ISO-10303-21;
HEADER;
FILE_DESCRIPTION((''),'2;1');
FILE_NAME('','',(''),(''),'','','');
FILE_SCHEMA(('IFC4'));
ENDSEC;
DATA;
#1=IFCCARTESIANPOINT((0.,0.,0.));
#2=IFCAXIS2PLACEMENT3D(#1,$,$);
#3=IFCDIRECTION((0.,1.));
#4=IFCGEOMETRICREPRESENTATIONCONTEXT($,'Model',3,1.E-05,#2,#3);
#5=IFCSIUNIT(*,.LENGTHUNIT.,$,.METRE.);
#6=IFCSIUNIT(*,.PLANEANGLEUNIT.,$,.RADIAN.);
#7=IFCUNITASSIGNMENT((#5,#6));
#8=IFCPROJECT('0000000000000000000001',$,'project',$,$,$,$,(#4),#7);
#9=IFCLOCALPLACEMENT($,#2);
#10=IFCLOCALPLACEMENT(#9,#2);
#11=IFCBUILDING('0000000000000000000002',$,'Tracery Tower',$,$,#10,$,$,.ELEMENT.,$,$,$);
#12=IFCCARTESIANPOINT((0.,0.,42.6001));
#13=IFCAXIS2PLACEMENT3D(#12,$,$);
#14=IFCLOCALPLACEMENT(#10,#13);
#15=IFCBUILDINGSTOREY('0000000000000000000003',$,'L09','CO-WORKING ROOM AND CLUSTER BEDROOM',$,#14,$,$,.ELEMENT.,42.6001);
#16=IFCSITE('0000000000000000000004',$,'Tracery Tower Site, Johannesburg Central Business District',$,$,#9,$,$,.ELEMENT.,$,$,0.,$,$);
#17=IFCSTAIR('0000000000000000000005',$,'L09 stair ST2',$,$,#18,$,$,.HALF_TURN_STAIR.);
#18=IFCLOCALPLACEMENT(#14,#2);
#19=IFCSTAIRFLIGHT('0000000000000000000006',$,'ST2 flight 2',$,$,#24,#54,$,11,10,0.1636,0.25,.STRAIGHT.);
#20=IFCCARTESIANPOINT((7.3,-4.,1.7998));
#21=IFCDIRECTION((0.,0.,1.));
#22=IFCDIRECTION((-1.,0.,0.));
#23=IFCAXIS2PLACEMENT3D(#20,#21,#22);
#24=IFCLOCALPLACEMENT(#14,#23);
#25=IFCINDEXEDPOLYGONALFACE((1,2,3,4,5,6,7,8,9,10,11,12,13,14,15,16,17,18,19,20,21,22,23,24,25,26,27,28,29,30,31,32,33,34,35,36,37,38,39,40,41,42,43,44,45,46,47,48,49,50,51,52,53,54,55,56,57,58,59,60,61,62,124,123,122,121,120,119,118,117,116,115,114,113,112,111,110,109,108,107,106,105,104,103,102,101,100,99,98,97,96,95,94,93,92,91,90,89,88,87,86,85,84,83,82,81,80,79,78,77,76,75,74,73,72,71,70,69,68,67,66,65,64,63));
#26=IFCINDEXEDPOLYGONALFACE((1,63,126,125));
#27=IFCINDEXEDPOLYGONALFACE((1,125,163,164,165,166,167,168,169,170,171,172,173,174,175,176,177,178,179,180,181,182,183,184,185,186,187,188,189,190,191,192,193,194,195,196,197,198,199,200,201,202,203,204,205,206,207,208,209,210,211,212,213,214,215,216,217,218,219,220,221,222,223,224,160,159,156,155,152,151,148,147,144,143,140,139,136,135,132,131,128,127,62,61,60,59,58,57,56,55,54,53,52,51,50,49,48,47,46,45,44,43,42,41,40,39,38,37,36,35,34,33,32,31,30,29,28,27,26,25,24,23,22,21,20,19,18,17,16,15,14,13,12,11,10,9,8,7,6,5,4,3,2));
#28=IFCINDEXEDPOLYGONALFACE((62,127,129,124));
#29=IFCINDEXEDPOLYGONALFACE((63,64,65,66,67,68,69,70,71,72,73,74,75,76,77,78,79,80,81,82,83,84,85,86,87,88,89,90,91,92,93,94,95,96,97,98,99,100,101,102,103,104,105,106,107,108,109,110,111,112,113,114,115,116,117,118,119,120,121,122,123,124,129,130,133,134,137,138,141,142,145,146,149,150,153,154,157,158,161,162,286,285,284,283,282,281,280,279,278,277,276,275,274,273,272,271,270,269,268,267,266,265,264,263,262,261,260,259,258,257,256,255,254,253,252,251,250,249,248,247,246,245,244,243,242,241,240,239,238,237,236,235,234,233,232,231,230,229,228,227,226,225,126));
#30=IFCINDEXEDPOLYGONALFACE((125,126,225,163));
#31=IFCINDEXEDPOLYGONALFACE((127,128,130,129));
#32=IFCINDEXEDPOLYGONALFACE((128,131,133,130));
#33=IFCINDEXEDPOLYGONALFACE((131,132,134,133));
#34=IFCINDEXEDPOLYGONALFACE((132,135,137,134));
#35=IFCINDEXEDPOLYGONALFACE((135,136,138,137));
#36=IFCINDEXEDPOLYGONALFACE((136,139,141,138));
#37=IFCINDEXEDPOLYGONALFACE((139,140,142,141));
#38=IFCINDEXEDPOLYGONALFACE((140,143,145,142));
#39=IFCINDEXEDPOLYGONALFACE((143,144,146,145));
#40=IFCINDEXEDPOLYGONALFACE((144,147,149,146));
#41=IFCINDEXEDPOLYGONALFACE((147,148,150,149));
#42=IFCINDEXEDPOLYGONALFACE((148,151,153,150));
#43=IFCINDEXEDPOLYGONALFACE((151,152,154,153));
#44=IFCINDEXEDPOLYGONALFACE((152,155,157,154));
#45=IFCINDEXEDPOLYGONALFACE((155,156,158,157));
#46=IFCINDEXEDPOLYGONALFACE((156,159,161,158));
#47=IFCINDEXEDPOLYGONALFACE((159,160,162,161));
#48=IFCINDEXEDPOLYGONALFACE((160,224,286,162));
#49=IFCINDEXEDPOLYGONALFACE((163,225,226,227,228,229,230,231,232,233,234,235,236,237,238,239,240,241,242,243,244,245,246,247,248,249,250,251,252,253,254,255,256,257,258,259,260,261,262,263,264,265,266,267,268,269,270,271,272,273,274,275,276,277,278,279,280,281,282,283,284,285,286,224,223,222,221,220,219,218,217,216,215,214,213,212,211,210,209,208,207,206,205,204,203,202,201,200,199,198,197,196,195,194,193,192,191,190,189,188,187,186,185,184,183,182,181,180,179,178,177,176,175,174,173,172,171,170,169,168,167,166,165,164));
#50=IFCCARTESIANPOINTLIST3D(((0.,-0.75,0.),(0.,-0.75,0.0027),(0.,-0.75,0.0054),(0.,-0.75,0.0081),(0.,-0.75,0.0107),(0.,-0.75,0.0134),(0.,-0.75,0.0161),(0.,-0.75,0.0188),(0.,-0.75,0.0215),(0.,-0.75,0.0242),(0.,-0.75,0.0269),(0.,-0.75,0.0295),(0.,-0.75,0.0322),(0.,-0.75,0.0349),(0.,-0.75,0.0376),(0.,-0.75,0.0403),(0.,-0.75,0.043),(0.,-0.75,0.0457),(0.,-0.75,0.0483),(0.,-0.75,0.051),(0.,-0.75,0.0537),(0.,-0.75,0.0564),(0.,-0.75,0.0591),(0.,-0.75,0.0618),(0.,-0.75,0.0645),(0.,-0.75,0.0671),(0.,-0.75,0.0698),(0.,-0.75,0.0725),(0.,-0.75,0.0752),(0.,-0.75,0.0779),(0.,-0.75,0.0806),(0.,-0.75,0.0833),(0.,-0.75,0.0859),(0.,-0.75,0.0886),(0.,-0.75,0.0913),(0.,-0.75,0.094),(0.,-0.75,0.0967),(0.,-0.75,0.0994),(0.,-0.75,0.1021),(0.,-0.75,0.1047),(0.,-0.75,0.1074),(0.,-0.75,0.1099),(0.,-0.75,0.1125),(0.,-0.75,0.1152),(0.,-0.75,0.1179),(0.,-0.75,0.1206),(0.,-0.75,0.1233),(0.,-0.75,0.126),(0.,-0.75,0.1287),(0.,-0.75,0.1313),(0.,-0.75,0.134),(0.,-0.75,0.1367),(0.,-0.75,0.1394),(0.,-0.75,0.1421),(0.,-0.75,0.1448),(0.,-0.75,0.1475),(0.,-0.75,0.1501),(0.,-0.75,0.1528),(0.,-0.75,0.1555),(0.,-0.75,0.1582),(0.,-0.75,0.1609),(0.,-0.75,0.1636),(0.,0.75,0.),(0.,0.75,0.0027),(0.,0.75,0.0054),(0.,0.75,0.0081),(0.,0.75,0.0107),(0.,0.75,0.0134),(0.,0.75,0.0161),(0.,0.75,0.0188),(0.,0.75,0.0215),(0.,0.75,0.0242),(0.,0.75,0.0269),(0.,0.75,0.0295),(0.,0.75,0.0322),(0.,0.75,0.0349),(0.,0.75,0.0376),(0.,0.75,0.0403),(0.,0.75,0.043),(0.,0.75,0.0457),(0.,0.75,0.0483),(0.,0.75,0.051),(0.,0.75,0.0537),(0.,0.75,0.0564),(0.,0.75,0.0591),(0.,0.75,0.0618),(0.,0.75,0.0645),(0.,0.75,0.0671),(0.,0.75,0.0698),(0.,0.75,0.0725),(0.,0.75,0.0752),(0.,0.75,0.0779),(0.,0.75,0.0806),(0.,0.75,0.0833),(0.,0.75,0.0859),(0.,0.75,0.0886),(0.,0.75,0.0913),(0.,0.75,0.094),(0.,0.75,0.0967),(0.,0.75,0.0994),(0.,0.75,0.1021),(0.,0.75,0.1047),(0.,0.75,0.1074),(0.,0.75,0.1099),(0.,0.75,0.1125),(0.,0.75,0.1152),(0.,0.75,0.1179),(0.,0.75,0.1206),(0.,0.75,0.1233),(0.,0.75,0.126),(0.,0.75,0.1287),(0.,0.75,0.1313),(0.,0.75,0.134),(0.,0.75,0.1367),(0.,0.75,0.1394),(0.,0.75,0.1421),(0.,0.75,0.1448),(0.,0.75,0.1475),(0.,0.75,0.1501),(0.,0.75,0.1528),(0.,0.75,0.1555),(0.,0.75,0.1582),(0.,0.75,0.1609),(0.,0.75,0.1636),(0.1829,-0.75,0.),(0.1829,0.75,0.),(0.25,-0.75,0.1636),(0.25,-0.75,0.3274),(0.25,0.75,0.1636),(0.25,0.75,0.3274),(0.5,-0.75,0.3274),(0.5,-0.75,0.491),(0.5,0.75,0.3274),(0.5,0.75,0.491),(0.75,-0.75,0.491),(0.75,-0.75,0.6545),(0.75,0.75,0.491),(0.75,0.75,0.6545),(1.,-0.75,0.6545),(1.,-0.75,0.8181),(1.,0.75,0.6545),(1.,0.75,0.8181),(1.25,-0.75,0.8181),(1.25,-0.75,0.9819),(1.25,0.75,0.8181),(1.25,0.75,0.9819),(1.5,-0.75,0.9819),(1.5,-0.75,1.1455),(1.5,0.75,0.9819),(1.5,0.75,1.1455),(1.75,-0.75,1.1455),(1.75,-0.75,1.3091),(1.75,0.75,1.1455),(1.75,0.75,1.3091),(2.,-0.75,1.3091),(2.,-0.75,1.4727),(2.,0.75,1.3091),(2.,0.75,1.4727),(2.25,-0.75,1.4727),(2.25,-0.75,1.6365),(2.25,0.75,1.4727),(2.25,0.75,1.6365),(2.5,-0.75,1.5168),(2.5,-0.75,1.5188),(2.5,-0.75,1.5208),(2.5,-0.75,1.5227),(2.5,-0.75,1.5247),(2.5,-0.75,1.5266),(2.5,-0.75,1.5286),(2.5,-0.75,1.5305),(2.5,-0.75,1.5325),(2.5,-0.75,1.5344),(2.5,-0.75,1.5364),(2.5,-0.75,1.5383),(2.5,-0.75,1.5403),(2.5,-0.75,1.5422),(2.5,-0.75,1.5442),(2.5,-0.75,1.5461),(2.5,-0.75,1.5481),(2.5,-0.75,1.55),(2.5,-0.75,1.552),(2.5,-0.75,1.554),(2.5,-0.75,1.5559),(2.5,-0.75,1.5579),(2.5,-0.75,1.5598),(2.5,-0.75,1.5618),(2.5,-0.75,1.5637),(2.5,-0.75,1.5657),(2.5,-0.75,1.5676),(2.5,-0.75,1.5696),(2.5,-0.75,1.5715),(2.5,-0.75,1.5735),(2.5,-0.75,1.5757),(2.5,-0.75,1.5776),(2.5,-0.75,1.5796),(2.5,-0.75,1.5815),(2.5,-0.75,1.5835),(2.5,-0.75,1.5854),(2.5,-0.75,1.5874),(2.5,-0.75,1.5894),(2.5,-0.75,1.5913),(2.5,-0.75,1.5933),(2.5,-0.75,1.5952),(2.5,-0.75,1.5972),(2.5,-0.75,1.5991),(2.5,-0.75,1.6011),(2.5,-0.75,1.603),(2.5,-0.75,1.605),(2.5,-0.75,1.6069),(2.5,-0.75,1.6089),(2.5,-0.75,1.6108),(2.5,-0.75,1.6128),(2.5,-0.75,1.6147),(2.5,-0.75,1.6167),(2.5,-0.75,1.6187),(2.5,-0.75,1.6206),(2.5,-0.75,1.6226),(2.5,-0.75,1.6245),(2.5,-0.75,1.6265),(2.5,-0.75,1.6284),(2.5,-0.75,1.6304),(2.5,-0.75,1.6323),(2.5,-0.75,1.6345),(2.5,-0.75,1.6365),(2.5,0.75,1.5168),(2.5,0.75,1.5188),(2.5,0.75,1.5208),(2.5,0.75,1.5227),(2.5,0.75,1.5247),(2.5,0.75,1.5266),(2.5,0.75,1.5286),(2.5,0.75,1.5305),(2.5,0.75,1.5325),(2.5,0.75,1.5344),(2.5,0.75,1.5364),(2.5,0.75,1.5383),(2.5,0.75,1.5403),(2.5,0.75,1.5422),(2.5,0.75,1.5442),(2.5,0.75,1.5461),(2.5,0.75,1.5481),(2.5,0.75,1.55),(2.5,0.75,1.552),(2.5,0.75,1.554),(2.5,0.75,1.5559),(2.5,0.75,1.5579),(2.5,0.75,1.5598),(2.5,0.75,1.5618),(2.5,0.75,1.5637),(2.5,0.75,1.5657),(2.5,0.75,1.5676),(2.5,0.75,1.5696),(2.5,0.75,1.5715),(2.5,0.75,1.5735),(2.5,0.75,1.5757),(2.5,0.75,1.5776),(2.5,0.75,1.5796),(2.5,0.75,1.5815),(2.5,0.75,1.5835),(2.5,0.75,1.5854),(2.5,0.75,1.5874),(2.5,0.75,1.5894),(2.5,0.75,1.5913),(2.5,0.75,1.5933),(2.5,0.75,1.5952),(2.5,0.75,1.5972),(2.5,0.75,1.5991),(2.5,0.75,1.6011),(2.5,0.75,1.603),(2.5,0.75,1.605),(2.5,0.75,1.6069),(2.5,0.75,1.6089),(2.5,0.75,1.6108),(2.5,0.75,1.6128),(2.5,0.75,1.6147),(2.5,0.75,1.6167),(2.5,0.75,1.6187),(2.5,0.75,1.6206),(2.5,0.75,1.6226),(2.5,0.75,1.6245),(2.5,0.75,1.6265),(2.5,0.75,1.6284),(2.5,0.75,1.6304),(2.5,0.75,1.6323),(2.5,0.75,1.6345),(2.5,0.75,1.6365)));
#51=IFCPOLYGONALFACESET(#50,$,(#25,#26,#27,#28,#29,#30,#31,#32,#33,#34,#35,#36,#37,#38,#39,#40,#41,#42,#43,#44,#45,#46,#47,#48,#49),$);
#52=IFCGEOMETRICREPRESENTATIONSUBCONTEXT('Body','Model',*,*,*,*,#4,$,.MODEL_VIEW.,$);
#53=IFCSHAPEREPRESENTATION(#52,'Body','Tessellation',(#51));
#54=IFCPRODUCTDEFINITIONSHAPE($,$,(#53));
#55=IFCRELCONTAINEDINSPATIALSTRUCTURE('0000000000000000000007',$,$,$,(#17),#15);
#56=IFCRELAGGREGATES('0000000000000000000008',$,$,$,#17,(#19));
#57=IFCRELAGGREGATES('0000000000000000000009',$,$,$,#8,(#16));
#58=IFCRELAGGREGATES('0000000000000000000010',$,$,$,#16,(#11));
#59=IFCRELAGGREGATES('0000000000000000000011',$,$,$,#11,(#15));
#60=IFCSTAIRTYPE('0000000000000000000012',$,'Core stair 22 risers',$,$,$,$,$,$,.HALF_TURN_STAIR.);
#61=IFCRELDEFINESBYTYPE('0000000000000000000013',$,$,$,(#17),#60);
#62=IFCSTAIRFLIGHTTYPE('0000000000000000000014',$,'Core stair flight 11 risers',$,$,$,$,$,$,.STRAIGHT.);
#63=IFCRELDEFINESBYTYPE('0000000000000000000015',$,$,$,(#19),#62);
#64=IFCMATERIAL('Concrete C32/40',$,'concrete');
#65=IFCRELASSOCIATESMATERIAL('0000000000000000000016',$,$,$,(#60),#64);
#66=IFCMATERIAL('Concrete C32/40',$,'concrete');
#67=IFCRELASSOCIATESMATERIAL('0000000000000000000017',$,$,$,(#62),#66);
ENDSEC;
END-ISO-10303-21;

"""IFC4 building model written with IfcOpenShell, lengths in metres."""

from ifc_helpers import new_model, si_unit, direction, frame, origin, place, context, subcontext, project, spatial, polyline, outline, extrude, material, type_object, element, aggregate, save


model = new_model("IFC4")

# Units and contexts
model_context = context("Model", 3, precision=1e-05, world=origin(), true_north=direction((0.0, 1.0)))
body_context = subcontext(model_context, "Body", "Model", "MODEL_VIEW")
ifc_project = project(units=[si_unit("LENGTHUNIT", "METRE"), si_unit("PLANEANGLEUNIT", "RADIAN")], contexts=[model_context])

# Site, building, storey
site_placement = place(None, origin())
site = spatial("IfcSite", under=ifc_project, at=site_placement, Name="Tracery Tower Site, Johannesburg Central Business District", CompositionType="ELEMENT", RefElevation=0.0)
building_placement = place(site_placement, origin())
building = spatial("IfcBuilding", under=site, at=building_placement, Name="Tracery Tower", CompositionType="ELEMENT")
storey_placement = place(building_placement, frame((0.0, 0.0, 42.6001)))
storey = spatial("IfcBuildingStorey", under=building, at=storey_placement, Name="L09", Description="CO-WORKING ROOM AND CLUSTER BEDROOM", CompositionType="ELEMENT", Elevation=42.6001)

# Stair, stair flight
ifc_material_1 = material(Name="Concrete C32/40", Category="concrete")
stair_type = type_object("IfcStairType", Name="Core stair 22 risers", PredefinedType="HALF_TURN_STAIR", material=ifc_material_1)
stair_placement = place(storey_placement, origin())
stair = element("IfcStair", 1, at=stair_placement, inside=storey, type_object=stair_type, Name="L09 stair ST2", PredefinedType="HALF_TURN_STAIR")
ifc_material_2 = material(Name="Concrete C32/40", Category="concrete")
stair_flight_type = type_object("IfcStairFlightType", Name="Core stair flight 11 risers", PredefinedType="STRAIGHT", material=ifc_material_2)
stair_flight_1_placement = place(storey_placement, frame((7.3, -4.0, 1.7998), z_axis=(0.0, 0.0, 1.0), x_axis=(-1.0, 0.0, 0.0)))
stair_flight_1 = element("IfcStairFlight", 2, at=stair_flight_1_placement, type_object=stair_flight_type, Name="ST2 flight 2", NumberOfRisers=11, NumberOfTreads=10, PredefinedType="STRAIGHT", RiserHeight=0.1636, TreadLength=0.25, context=body_context, shape_type="SweptSolid", body=[
    extrude(outline(polyline([(0.0, 0.0), (0.0, 0.0027), (0.0, 0.0054), (0.0, 0.0081), (0.0, 0.0107), (0.0, 0.0134), (0.0, 0.0161), (0.0, 0.0188), (0.0, 0.0215), (0.0, 0.0242), (0.0, 0.0269), (0.0, 0.0295), (0.0, 0.0322), (0.0, 0.0349), (0.0, 0.0376), (0.0, 0.0403), (0.0, 0.043), (0.0, 0.0457), (0.0, 0.0483), (0.0, 0.051), (0.0, 0.0537), (0.0, 0.0564), (0.0, 0.0591), (0.0, 0.0618), (0.0, 0.0645), (0.0, 0.0671), (0.0, 0.0698), (0.0, 0.0725), (0.0, 0.0752), (0.0, 0.0779), (0.0, 0.0806), (0.0, 0.0833), (0.0, 0.0859), (0.0, 0.0886), (0.0, 0.0913), (0.0, 0.094), (0.0, 0.0967), (0.0, 0.0994), (0.0, 0.1021), (0.0, 0.1047), (0.0, 0.1074), (0.0, 0.1099), (0.0, 0.1125), (0.0, 0.1152), (0.0, 0.1179), (0.0, 0.1206), (0.0, 0.1233), (0.0, 0.126), (0.0, 0.1287), (0.0, 0.1313), (0.0, 0.134), (0.0, 0.1367), (0.0, 0.1394), (0.0, 0.1421), (0.0, 0.1448), (0.0, 0.1475), (0.0, 0.1501), (0.0, 0.1528), (0.0, 0.1555), (0.0, 0.1582), (0.0, 0.1609), (0.0, 0.1636), (0.25, 0.1636), (0.25, 0.3274), (0.5, 0.3274), (0.5, 0.491), (0.75, 0.491), (0.75, 0.6545), (1.0, 0.6545), (1.0, 0.8181), (1.25, 0.8181), (1.25, 0.9819), (1.5, 0.9819), (1.5, 1.1455), (1.75, 1.1455), (1.75, 1.3091), (2.0, 1.3091), (2.0, 1.4727), (2.25, 1.4727), (2.25, 1.6365), (2.5, 1.6365), (2.5, 1.6345), (2.5, 1.6323), (2.5, 1.6304), (2.5, 1.6284), (2.5, 1.6265), (2.5, 1.6245), (2.5, 1.6226), (2.5, 1.6206), (2.5, 1.6187), (2.5, 1.6167), (2.5, 1.6147), (2.5, 1.6128), (2.5, 1.6108), (2.5, 1.6089), (2.5, 1.6069), (2.5, 1.605), (2.5, 1.603), (2.5, 1.6011), (2.5, 1.5991), (2.5, 1.5972), (2.5, 1.5952), (2.5, 1.5933), (2.5, 1.5913), (2.5, 1.5894), (2.5, 1.5874), (2.5, 1.5854), (2.5, 1.5835), (2.5, 1.5815), (2.5, 1.5796), (2.5, 1.5776), (2.5, 1.5757), (2.5, 1.5735), (2.5, 1.5715), (2.5, 1.5696), (2.5, 1.5676), (2.5, 1.5657), (2.5, 1.5637), (2.5, 1.5618), (2.5, 1.5598), (2.5, 1.5579), (2.5, 1.5559), (2.5, 1.554), (2.5, 1.552), (2.5, 1.55), (2.5, 1.5481), (2.5, 1.5461), (2.5, 1.5442), (2.5, 1.5422), (2.5, 1.5403), (2.5, 1.5383), (2.5, 1.5364), (2.5, 1.5344), (2.5, 1.5325), (2.5, 1.5305), (2.5, 1.5286), (2.5, 1.5266), (2.5, 1.5247), (2.5, 1.5227), (2.5, 1.5208), (2.5, 1.5188), (2.5, 1.5168), (0.1829, 0.0), (0.0, 0.0)])), frame((0.0, 0.75, 0.0), z_axis=(0.0, -1.0, 0.0), x_axis=(1.0, 0.0, 0.0)), (0.0, 0.0, 1.0), 1.5),
])
aggregate(stair, [stair_flight_1])

save(model, "model.ifc")
